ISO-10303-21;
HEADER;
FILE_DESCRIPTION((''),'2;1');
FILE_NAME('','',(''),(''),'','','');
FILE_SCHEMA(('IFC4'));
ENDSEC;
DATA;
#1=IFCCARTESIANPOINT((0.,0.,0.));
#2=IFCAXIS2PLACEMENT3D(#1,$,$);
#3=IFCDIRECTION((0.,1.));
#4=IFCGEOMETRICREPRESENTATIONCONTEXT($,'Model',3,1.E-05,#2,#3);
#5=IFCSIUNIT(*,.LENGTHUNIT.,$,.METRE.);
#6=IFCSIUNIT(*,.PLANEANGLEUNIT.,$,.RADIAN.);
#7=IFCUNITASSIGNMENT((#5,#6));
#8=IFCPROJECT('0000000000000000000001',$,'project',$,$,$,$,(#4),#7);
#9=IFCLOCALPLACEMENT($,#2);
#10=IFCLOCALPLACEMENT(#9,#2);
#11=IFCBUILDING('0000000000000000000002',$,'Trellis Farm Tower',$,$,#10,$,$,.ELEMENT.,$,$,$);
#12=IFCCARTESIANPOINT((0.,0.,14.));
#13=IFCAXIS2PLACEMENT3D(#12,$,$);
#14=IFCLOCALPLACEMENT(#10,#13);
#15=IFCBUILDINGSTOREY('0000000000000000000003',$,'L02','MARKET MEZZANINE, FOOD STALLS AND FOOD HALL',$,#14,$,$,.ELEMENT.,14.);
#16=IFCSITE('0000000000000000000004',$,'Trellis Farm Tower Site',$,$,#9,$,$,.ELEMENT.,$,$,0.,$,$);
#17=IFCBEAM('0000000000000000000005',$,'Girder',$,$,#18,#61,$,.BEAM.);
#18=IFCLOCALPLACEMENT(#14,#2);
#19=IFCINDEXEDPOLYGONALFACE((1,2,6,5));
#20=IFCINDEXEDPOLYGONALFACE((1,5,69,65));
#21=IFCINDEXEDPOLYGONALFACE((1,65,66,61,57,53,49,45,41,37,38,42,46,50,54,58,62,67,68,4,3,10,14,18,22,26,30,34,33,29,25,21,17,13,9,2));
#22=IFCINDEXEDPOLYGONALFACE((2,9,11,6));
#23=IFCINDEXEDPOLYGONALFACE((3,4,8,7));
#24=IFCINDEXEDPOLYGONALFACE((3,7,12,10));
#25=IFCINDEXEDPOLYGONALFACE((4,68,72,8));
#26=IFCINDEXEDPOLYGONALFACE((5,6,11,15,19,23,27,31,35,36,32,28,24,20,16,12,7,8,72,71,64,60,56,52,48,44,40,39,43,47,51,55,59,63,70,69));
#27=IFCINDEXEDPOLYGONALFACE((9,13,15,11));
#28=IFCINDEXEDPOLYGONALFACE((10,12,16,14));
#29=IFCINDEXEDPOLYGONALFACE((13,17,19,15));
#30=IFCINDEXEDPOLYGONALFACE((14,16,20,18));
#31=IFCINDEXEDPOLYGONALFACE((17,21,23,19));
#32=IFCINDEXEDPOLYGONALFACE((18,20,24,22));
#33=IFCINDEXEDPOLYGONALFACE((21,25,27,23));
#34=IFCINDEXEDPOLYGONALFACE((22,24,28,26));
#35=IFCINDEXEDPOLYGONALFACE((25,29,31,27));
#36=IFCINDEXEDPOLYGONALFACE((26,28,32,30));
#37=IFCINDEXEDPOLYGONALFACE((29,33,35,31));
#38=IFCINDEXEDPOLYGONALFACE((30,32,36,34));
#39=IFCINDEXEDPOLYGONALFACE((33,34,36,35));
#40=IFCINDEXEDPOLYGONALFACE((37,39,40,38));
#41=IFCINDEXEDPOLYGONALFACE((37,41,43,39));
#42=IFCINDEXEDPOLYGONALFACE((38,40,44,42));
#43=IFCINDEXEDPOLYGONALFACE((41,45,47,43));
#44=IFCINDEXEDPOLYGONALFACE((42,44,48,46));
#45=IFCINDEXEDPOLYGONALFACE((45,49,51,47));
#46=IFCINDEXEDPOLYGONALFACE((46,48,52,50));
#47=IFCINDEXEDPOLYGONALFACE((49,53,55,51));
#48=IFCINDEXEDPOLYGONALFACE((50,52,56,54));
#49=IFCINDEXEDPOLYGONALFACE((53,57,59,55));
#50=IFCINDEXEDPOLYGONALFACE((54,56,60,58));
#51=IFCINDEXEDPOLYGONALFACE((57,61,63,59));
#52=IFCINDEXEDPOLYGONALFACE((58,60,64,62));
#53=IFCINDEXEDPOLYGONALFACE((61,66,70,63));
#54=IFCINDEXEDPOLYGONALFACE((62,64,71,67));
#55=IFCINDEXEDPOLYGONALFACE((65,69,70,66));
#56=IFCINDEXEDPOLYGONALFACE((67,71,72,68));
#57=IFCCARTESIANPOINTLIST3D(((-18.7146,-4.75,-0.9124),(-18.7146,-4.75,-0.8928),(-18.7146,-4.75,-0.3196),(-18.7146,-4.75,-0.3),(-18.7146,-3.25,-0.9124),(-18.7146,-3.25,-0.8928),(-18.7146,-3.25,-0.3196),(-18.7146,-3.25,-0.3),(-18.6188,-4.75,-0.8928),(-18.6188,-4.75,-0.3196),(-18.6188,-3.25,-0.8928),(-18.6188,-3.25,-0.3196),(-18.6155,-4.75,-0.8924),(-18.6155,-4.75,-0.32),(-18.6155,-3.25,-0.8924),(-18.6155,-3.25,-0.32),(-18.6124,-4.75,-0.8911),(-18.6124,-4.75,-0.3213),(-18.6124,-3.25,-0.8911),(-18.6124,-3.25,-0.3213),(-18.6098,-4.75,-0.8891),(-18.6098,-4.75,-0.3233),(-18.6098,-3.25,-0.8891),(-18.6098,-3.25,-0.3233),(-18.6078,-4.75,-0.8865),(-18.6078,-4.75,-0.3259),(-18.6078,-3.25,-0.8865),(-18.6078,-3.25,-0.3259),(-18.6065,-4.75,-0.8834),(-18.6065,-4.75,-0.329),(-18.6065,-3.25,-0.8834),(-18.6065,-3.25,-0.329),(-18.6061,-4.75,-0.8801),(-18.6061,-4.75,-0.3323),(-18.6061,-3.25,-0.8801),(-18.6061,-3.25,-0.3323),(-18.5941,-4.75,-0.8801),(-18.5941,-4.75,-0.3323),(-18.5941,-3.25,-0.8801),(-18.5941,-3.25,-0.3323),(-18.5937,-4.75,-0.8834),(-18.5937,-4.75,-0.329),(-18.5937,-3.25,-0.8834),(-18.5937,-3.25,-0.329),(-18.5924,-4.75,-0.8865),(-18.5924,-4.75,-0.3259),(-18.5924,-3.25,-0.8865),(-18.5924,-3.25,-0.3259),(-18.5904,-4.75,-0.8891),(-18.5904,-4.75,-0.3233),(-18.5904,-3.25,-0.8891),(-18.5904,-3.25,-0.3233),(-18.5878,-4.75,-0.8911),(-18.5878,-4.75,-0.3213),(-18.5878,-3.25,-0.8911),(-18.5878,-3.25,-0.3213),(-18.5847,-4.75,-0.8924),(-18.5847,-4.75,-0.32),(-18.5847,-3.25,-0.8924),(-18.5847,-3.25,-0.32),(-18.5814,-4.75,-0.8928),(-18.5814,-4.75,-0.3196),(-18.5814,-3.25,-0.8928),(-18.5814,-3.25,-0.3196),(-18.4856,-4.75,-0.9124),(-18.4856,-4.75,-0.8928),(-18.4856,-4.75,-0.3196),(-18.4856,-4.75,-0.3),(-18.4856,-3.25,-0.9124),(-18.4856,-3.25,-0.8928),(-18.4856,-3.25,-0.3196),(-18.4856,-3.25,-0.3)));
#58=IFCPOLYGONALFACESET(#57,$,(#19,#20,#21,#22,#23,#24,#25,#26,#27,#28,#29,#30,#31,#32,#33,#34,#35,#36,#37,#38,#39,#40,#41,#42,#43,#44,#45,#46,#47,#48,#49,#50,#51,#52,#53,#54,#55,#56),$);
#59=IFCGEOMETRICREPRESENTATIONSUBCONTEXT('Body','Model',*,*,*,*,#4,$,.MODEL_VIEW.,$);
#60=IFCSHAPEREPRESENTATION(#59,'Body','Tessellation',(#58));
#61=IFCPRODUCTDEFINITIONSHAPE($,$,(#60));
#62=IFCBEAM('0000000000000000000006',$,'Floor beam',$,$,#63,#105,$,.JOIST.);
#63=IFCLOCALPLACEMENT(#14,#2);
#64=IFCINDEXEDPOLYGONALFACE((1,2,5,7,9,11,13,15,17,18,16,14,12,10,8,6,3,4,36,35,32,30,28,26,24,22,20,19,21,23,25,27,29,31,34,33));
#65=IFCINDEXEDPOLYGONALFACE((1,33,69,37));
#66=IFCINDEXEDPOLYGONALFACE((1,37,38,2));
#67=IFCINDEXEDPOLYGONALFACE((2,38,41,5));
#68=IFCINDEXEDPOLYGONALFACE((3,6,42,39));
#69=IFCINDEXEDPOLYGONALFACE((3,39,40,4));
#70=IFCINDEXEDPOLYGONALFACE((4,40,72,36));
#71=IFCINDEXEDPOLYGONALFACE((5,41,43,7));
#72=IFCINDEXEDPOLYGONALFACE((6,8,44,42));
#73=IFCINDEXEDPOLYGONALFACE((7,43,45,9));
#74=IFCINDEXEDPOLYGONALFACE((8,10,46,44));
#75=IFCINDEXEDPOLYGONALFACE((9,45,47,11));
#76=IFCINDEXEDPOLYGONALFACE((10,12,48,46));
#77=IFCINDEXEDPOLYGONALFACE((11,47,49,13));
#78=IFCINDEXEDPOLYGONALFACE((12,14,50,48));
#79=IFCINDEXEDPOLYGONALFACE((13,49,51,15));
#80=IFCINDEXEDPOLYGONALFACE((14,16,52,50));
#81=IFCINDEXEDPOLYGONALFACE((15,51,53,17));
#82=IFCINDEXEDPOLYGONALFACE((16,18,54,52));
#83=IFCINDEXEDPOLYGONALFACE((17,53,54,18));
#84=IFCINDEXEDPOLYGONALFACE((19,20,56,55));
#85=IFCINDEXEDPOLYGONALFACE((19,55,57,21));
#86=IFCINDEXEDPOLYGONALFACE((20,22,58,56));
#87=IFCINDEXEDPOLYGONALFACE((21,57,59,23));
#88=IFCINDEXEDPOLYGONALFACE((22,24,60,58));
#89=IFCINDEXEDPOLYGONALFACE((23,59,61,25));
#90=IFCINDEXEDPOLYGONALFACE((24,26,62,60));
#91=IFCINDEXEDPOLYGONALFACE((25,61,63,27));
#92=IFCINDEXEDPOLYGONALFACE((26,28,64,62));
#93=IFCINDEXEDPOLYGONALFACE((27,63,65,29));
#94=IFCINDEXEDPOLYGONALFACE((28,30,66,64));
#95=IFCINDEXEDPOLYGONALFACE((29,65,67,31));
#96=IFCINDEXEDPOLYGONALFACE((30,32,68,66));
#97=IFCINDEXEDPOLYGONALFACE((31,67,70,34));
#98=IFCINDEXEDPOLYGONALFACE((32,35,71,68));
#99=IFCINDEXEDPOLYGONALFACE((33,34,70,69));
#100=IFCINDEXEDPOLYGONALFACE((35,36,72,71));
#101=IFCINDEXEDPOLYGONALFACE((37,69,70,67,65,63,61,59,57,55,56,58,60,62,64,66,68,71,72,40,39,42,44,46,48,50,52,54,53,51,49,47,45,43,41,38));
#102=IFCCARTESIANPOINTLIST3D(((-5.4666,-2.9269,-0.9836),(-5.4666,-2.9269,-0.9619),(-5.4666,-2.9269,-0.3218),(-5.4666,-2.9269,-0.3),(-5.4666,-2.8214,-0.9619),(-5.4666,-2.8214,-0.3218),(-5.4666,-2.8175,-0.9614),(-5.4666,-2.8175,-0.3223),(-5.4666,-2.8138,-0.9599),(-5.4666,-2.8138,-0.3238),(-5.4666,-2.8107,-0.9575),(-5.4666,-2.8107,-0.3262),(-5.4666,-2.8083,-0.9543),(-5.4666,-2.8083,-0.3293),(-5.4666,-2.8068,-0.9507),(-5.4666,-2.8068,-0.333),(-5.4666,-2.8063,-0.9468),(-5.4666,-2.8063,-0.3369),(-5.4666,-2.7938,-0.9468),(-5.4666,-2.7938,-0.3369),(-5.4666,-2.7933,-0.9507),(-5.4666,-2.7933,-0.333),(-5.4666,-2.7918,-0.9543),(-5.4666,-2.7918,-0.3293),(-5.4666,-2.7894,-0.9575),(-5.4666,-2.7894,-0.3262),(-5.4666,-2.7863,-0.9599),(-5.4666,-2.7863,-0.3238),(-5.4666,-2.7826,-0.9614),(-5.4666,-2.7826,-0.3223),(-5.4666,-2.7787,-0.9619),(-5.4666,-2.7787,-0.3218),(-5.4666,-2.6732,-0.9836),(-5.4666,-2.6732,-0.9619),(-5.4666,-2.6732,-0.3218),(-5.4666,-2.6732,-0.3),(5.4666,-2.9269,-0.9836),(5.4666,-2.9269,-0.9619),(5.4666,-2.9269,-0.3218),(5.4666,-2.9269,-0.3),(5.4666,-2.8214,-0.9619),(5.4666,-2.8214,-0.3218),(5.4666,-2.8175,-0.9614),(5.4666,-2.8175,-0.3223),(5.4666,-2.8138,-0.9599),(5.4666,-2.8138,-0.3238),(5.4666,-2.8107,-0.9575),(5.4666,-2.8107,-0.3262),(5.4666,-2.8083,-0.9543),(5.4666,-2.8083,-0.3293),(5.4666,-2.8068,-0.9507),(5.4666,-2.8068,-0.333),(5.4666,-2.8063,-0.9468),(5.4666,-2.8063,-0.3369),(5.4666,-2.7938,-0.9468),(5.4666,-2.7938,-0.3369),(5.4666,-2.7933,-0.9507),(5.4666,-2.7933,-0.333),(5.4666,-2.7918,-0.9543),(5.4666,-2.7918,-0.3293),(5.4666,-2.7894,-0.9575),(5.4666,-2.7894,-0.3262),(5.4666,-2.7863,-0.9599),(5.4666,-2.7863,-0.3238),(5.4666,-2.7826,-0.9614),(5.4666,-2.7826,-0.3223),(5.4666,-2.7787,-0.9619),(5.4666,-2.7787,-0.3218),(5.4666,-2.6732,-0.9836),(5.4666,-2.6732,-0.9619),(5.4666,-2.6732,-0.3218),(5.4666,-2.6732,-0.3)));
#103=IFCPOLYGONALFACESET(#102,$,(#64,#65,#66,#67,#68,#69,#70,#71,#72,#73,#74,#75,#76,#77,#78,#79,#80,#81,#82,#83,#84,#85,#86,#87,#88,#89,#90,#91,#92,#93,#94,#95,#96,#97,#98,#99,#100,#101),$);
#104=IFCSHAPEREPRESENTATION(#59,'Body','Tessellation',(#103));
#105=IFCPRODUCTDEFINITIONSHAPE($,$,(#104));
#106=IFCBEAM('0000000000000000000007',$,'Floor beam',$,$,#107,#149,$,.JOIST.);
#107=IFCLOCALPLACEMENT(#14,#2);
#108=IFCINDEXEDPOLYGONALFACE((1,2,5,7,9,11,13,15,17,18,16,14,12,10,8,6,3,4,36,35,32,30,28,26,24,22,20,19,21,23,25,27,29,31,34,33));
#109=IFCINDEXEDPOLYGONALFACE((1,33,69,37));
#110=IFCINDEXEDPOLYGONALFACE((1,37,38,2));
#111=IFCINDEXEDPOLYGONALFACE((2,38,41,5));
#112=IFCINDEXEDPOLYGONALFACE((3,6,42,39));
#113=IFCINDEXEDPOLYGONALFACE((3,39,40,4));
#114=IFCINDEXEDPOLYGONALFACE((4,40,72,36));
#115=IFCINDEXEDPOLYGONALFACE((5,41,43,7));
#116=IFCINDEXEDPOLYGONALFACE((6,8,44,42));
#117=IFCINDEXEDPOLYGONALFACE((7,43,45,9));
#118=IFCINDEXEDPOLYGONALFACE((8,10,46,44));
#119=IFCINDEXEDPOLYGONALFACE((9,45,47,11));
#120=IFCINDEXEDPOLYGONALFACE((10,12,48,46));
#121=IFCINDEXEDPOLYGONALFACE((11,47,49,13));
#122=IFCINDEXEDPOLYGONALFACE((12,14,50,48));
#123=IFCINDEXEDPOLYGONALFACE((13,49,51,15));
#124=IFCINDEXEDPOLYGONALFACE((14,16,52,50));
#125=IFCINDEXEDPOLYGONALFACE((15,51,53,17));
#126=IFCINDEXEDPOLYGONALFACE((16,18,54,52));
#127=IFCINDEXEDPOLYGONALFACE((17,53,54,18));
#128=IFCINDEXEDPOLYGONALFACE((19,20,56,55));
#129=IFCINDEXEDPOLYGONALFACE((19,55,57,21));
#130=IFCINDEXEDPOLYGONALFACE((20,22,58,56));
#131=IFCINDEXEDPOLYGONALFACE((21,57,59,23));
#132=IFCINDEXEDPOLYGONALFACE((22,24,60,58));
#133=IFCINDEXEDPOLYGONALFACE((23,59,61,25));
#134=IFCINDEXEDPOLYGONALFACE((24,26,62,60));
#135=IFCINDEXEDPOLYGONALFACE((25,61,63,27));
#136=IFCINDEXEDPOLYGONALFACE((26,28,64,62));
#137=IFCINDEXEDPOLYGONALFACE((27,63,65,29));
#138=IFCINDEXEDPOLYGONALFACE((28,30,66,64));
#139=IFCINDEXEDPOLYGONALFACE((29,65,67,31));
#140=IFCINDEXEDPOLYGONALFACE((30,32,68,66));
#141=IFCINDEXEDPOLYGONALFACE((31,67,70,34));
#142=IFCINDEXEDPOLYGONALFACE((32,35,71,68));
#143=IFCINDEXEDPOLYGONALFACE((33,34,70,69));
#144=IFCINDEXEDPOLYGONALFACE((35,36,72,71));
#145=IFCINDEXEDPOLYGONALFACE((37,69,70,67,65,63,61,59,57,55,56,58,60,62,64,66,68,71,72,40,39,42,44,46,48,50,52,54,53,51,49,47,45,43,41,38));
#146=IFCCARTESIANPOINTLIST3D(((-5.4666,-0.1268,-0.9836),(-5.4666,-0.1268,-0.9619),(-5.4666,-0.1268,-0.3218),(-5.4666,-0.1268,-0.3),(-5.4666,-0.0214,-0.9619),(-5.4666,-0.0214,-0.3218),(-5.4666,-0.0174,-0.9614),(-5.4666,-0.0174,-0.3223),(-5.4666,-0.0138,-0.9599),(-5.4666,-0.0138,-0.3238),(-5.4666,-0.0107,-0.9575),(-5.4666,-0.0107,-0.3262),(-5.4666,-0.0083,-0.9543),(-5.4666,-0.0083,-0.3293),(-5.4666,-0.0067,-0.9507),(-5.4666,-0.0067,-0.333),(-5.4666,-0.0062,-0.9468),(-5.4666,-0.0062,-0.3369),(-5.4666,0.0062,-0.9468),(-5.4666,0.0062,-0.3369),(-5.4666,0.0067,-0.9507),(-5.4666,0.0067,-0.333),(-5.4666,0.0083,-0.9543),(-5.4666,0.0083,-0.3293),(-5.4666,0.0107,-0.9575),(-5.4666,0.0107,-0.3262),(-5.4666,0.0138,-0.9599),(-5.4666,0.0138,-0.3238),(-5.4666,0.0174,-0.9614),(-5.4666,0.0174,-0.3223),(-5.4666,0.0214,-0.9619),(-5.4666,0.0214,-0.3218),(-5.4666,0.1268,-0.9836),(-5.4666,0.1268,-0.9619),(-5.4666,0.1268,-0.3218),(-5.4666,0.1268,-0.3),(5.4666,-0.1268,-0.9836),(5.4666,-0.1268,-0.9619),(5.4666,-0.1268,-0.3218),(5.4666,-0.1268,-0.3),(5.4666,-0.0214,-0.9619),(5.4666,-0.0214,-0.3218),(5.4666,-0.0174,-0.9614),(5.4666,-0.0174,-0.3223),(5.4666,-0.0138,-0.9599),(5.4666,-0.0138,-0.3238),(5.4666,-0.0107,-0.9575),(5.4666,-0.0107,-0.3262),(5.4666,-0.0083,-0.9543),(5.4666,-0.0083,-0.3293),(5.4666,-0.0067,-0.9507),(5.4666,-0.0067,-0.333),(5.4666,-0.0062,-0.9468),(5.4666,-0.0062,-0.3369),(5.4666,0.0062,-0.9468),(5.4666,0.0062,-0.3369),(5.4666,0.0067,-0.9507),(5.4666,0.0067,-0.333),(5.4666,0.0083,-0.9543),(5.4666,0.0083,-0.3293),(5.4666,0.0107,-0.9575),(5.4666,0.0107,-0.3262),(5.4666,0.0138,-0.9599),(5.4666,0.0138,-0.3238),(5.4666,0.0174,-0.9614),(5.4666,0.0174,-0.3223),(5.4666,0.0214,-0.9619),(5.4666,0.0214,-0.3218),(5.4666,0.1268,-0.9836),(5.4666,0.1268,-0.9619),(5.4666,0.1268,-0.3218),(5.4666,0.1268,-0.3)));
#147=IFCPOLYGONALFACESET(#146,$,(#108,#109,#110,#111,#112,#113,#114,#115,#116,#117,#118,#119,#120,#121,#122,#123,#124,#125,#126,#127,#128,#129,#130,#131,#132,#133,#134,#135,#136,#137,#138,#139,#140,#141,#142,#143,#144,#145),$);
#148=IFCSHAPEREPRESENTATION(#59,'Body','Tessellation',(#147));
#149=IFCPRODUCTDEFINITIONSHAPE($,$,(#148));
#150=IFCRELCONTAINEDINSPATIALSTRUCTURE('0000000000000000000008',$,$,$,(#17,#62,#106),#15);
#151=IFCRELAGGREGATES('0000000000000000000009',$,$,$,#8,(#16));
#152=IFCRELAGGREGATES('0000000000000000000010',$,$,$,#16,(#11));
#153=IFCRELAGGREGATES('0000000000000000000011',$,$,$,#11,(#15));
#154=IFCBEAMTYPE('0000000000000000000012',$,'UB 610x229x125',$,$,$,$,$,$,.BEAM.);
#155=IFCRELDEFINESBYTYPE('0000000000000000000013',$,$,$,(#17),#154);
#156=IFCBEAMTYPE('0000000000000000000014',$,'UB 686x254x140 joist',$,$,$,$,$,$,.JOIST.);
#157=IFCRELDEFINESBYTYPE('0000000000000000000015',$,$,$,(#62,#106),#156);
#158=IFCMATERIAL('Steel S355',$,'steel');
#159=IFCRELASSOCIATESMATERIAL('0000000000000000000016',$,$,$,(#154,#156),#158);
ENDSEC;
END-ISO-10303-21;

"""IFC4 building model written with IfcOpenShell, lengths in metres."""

from ifc_helpers import new_model, si_unit, direction, frame, origin, origin_2d, place, context, subcontext, project, spatial, i_section, extrude, source, transform, mapped, material, material_profile, profile_set, type_object, element, save


model = new_model("IFC4")

# Units and contexts
model_context = context("Model", 3, precision=1e-05, world=origin(), true_north=direction((0.0, 1.0)))
body_context = subcontext(model_context, "Body", "Model", "MODEL_VIEW")
ifc_project = project(units=[si_unit("LENGTHUNIT", "METRE"), si_unit("PLANEANGLEUNIT", "RADIAN")], contexts=[model_context])

# Site, building, storey
site_placement = place(None, origin())
site = spatial("IfcSite", under=ifc_project, at=site_placement, Name="Trellis Farm Tower Site", CompositionType="ELEMENT", RefElevation=0.0)
building_placement = place(site_placement, origin())
building = spatial("IfcBuilding", under=site, at=building_placement, Name="Trellis Farm Tower", CompositionType="ELEMENT")
storey_placement = place(building_placement, frame((0.0, 0.0, 14.0)))
storey = spatial("IfcBuildingStorey", under=building, at=storey_placement, Name="L02", Description="MARKET MEZZANINE, FOOD STALLS AND FOOD HALL", CompositionType="ELEMENT", Elevation=14.0)

# Beams
ifc_material_1 = material(Name="Steel S355", Category="steel")
ifc_material_profile_1 = material_profile(ifc_material_1, i_section(OverallWidth=0.229, OverallDepth=0.6123, WebThickness=0.012, FlangeThickness=0.0195, FilletRadius=0.0127, at=origin_2d()), Name="UB 610x229x125")
ifc_profile_set_1 = profile_set([ifc_material_profile_1], Name="Steel S355")
beam_type_1 = type_object("IfcBeamType", Name="UB 610x229x125", PredefinedType="BEAM", material=ifc_profile_set_1)
shared_shape_1 = source(origin(), body_context, "Body", "SweptSolid", [
    extrude(i_section(OverallWidth=0.229, OverallDepth=0.6123, WebThickness=0.012, FlangeThickness=0.0195, FilletRadius=0.0127, at=origin_2d()), origin(), (0.0, 0.0, 1.0), 1.5),
])
beam_1_placement = place(storey_placement, frame((-18.6001, -4.75, -0.6062), z_axis=(0.0, 1.0, 0.0), x_axis=(-1.0, 0.0, 0.0)))
element("IfcBeam", 1, at=beam_1_placement, inside=storey, type_object=beam_type_1, Name="Girder", PredefinedType="BEAM", context=body_context, shape_type="MappedRepresentation", body=[
    mapped(shared_shape_1, transform((0.0, 0.0, 0.0))),
])
ifc_material_profile_2 = material_profile(ifc_material_1, i_section(OverallWidth=0.2537, OverallDepth=0.6836, WebThickness=0.0125, FlangeThickness=0.0217, FilletRadius=0.0151, at=origin_2d()), Name="UB 686x254x140")
ifc_profile_set_2 = profile_set([ifc_material_profile_2], Name="Steel S355")
beam_type_2 = type_object("IfcBeamType", Name="UB 686x254x140 joist", PredefinedType="JOIST", material=ifc_profile_set_2)
shared_shape_2 = source(origin(), body_context, "Body", "SweptSolid", [
    extrude(i_section(OverallWidth=0.2537, OverallDepth=0.6836, WebThickness=0.0125, FlangeThickness=0.0217, FilletRadius=0.0151, at=origin_2d()), origin(), (0.0, 0.0, 1.0), 10.9331),
])
for number, where, z_axis, x_axis, name in (
    (2, (-5.4666, -2.8, -0.6418), (1.0, 0.0, 0.0), (0.0, 1.0, 0.0), "Floor beam"),
    (3, (-5.4666, 0.0, -0.6418), (1.0, 0.0, 0.0), (0.0, 1.0, 0.0), "Floor beam"),
):
    element("IfcBeam", number, at=place(storey_placement, frame(where, z_axis=z_axis, x_axis=x_axis)), inside=storey, type_object=beam_type_2, Name=name, PredefinedType="JOIST", context=body_context, shape_type="MappedRepresentation", body=[
        mapped(shared_shape_2, transform((0.0, 0.0, 0.0))),
    ])

save(model, "model.ifc")
